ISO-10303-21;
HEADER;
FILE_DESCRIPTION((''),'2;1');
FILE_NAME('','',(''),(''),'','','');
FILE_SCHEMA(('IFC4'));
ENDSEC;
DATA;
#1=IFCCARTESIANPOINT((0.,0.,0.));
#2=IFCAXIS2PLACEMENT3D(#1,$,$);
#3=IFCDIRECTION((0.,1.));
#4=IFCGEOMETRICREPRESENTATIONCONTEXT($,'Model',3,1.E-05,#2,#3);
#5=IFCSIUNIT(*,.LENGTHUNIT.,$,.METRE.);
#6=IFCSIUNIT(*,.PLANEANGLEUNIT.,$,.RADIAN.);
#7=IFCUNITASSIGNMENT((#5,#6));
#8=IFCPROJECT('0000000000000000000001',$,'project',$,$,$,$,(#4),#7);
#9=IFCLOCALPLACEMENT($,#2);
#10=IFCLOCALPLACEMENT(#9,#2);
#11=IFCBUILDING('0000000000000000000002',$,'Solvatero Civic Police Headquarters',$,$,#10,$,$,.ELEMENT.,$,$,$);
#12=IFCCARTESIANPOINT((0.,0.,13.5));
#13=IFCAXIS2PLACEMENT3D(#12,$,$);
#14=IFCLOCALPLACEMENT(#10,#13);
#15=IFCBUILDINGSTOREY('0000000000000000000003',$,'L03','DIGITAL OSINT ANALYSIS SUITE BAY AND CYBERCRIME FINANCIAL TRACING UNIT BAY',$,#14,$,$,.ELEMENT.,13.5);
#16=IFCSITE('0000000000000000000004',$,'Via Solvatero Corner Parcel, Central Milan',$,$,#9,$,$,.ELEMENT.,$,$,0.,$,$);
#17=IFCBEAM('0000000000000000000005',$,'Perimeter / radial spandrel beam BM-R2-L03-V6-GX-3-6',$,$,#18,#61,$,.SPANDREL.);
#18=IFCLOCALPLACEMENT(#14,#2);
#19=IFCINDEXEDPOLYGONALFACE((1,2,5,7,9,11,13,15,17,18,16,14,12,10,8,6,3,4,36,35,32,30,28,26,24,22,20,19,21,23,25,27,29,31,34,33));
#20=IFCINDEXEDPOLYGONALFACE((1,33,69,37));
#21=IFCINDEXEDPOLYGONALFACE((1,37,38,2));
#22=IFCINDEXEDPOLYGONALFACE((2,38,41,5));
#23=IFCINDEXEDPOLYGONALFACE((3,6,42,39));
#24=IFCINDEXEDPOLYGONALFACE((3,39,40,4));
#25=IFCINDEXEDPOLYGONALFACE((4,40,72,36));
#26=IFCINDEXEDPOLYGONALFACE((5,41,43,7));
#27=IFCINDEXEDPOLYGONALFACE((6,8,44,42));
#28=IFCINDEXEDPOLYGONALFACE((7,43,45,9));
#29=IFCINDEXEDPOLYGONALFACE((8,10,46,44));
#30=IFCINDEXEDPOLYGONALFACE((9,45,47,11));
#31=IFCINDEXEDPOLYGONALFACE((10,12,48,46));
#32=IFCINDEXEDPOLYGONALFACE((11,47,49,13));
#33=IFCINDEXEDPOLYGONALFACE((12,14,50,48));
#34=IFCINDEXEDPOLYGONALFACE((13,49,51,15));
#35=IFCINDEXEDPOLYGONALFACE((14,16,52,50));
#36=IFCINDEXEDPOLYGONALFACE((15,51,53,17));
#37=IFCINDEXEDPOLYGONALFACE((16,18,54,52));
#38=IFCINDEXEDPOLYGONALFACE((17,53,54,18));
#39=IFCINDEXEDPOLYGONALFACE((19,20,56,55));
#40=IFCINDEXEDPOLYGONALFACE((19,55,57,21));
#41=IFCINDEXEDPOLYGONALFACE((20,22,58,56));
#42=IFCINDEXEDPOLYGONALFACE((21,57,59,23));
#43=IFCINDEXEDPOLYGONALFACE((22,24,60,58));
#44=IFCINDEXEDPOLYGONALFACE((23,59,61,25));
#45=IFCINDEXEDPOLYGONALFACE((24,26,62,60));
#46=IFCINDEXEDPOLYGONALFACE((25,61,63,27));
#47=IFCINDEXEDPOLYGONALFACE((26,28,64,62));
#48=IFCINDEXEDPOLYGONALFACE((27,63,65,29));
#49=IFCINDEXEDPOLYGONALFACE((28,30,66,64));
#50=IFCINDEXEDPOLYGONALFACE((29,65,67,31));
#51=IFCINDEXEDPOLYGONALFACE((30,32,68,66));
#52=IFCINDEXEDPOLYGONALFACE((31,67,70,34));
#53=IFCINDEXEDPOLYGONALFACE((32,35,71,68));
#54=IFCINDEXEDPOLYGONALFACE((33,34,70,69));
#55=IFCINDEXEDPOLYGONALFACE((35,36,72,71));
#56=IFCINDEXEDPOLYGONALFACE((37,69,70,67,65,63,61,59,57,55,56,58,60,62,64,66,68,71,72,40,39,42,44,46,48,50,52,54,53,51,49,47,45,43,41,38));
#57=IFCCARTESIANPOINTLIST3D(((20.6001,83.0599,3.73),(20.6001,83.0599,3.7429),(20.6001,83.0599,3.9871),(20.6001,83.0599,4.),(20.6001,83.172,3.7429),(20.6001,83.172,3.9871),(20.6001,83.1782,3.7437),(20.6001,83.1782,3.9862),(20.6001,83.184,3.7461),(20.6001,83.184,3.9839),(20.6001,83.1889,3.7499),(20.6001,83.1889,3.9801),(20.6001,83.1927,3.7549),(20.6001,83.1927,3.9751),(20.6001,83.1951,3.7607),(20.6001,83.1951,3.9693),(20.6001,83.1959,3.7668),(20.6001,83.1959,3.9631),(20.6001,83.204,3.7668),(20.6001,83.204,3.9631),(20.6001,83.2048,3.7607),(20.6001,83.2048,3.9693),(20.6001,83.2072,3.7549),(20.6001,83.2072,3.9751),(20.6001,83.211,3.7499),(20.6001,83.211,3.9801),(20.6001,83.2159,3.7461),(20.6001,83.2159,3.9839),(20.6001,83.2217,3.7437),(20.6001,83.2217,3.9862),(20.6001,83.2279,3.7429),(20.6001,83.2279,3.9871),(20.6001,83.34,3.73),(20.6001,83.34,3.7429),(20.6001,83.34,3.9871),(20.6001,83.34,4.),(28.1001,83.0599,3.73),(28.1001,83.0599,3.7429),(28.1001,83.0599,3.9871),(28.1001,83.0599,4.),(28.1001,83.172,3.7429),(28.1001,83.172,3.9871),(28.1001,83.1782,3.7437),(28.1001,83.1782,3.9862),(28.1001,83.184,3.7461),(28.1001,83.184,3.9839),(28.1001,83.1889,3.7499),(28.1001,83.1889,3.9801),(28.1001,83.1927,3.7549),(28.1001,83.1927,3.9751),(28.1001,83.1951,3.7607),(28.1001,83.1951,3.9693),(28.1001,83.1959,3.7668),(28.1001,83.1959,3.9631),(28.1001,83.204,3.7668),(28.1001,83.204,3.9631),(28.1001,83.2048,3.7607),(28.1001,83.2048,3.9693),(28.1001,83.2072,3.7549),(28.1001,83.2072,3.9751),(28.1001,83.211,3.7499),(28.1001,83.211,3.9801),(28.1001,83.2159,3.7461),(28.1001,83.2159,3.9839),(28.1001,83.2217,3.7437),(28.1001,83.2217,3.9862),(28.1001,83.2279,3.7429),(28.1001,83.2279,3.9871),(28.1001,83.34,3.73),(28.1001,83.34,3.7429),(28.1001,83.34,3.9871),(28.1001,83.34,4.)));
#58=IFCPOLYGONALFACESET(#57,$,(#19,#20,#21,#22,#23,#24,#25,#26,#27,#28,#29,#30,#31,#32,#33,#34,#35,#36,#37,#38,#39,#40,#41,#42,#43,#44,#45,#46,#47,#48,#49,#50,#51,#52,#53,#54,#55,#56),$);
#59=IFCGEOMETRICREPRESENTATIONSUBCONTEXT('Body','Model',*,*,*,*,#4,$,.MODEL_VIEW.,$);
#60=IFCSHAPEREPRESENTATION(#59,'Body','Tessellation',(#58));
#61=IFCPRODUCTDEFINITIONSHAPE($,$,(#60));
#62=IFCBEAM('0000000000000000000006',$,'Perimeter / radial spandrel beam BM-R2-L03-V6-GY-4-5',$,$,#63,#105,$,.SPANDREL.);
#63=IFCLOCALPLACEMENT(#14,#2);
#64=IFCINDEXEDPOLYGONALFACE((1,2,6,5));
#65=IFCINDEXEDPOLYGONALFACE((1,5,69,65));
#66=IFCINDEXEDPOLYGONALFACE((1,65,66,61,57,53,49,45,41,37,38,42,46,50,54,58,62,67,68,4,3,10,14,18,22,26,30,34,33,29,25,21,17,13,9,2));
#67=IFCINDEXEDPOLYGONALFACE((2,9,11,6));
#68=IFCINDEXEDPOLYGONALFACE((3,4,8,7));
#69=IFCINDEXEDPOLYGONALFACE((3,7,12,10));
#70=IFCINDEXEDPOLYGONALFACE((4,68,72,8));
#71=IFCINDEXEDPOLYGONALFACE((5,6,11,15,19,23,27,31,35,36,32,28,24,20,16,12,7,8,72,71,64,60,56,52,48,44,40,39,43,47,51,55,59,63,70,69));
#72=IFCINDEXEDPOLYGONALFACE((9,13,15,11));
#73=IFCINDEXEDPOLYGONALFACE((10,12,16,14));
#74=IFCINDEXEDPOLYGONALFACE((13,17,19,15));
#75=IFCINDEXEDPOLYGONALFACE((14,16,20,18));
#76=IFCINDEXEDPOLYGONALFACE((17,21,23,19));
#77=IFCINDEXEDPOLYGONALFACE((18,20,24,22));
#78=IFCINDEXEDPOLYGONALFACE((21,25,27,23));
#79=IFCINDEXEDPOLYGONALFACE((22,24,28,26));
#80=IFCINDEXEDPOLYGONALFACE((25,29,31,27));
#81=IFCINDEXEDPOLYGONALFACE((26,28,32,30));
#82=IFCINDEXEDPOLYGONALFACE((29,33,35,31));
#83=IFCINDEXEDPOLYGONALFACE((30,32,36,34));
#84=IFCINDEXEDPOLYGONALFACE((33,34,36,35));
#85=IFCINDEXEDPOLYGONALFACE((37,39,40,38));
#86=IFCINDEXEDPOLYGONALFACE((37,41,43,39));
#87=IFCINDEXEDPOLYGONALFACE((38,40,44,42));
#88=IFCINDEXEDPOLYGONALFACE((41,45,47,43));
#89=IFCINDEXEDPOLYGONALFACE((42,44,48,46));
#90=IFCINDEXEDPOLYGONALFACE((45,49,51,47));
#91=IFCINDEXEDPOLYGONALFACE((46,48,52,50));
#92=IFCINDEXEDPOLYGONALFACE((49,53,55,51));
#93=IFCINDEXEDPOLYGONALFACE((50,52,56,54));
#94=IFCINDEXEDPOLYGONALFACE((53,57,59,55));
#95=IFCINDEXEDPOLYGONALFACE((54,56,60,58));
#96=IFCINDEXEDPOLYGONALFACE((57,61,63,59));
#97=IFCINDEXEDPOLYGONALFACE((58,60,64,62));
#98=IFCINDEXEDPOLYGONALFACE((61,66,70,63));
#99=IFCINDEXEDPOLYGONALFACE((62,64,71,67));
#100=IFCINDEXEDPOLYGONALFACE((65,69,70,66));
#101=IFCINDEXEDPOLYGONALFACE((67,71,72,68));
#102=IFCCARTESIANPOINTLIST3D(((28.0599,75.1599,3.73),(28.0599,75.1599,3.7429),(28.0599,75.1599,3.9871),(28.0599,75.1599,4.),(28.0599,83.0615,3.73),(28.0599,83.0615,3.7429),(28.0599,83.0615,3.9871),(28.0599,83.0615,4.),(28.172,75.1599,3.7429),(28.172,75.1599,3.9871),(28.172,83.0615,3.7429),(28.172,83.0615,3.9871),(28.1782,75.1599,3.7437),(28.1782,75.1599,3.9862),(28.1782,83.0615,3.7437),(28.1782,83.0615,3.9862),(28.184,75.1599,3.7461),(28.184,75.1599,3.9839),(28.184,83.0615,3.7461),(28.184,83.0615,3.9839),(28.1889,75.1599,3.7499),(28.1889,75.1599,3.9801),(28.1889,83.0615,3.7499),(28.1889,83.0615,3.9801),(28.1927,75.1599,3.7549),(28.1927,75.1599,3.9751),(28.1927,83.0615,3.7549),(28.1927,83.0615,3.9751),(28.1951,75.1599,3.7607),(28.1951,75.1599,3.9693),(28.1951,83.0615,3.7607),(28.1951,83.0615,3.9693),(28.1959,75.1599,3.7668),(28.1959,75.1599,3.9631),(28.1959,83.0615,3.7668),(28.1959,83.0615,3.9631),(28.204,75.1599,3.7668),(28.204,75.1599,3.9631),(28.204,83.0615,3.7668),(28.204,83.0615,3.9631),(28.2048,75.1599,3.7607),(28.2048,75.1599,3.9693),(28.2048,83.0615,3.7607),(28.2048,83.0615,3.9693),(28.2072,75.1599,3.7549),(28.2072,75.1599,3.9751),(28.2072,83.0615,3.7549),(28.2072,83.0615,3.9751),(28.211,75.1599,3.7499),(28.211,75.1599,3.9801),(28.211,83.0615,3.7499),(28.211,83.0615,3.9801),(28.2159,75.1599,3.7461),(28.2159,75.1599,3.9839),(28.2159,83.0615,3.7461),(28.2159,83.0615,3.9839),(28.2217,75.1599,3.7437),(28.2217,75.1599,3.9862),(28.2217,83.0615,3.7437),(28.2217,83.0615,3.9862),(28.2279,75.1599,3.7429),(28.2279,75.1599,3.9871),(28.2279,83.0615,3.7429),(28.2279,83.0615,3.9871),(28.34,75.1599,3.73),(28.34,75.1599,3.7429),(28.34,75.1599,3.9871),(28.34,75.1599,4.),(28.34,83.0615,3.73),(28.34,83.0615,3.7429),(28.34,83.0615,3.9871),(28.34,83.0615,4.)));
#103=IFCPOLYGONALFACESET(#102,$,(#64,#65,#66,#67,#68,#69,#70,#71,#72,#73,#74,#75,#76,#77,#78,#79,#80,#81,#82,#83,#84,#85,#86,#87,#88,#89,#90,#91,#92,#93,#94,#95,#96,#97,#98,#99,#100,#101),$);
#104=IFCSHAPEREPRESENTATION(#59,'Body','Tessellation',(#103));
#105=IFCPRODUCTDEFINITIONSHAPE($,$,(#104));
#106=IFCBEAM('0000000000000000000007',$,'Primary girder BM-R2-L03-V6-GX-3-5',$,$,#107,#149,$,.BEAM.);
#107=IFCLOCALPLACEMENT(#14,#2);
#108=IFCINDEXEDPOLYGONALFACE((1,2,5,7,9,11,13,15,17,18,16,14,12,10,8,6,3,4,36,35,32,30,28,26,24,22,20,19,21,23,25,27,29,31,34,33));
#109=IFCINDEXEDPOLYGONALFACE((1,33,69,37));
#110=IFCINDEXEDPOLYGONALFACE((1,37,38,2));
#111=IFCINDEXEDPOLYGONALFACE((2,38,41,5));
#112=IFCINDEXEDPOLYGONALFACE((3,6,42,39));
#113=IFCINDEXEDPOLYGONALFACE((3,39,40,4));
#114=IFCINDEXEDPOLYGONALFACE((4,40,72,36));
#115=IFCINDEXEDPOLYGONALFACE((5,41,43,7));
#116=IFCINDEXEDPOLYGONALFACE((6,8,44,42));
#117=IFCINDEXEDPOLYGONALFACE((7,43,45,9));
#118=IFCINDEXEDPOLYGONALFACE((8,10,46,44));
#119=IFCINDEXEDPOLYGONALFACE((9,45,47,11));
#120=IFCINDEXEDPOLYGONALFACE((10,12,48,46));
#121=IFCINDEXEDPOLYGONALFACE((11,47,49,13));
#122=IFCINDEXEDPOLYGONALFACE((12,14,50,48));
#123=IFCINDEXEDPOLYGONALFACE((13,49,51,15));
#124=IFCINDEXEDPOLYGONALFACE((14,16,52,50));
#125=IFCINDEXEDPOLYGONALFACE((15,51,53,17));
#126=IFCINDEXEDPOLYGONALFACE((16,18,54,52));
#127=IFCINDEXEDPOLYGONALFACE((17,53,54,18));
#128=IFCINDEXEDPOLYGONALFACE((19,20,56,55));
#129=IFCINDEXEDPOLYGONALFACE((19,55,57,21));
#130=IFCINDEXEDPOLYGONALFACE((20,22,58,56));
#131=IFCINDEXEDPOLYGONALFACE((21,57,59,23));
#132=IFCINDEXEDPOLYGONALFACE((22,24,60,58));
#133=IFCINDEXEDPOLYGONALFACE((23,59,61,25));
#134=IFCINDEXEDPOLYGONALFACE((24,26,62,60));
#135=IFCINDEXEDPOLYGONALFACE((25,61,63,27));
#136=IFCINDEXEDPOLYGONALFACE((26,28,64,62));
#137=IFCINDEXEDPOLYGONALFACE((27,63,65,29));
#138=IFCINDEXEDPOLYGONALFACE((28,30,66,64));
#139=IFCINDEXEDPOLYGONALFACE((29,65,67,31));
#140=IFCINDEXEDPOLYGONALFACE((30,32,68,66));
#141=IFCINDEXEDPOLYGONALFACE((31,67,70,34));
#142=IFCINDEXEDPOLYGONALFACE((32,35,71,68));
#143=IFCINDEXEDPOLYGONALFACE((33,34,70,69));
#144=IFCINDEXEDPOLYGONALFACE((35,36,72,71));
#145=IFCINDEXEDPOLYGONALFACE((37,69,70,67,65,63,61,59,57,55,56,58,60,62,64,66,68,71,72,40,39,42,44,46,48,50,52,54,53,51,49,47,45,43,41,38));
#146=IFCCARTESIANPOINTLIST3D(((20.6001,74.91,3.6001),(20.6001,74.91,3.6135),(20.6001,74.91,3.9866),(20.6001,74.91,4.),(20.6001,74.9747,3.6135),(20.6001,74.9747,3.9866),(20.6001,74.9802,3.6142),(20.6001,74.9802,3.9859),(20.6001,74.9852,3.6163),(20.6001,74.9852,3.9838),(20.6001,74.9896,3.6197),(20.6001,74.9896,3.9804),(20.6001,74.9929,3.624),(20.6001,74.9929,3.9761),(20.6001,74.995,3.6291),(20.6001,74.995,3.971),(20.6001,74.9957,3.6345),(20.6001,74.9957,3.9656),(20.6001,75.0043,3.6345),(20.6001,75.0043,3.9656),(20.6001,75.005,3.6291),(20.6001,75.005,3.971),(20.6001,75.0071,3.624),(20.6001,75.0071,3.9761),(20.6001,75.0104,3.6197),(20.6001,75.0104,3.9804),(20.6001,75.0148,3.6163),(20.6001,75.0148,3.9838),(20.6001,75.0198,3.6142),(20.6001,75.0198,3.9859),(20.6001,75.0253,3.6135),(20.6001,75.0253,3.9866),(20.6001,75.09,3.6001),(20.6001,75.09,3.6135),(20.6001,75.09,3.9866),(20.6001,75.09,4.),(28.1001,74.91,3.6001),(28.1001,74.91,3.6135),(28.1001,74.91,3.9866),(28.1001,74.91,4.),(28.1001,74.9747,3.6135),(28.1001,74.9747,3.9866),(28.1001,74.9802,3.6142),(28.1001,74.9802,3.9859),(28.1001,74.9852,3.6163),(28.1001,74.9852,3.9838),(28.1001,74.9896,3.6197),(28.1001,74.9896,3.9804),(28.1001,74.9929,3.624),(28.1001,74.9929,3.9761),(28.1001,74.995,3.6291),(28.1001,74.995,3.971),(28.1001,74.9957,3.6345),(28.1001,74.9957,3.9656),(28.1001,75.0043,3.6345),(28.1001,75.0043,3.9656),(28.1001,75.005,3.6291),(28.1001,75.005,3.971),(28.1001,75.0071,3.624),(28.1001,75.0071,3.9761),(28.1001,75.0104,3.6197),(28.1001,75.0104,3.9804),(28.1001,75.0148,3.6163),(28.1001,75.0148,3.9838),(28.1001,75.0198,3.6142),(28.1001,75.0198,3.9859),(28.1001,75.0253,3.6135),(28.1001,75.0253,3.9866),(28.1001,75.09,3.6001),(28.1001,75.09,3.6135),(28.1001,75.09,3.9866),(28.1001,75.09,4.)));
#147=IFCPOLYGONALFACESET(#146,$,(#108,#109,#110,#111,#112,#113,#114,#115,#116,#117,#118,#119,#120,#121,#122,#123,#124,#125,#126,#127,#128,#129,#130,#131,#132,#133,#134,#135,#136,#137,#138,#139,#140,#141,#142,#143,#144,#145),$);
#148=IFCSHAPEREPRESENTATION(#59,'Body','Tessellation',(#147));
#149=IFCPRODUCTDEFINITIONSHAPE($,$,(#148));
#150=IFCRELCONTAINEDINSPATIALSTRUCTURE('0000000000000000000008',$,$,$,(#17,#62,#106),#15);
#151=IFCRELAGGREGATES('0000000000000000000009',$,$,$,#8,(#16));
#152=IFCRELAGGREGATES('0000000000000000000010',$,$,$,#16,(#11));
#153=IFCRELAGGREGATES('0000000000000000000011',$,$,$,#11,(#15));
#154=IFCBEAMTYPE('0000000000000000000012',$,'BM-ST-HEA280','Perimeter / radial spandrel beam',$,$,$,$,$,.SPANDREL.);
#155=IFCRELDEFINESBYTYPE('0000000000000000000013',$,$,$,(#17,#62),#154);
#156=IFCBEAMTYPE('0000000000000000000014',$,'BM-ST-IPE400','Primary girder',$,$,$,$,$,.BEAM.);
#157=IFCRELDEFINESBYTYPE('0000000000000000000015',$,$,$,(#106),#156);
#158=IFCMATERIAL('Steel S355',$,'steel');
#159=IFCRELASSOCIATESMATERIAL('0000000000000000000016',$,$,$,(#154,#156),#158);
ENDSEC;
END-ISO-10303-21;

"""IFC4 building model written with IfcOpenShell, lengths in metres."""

from ifc_helpers import new_model, si_unit, direction, frame, origin, origin_2d, place, context, subcontext, project, spatial, i_section, extrude, material, material_profile, profile_set, type_object, element, save


model = new_model("IFC4")

# Units and contexts
model_context = context("Model", 3, precision=1e-05, world=origin(), true_north=direction((0.0, 1.0)))
body_context = subcontext(model_context, "Body", "Model", "MODEL_VIEW")
ifc_project = project(units=[si_unit("LENGTHUNIT", "METRE"), si_unit("PLANEANGLEUNIT", "RADIAN")], contexts=[model_context])

# Site, building, storey
site_placement = place(None, origin())
site = spatial("IfcSite", under=ifc_project, at=site_placement, Name="Via Solvatero Corner Parcel, Central Milan", CompositionType="ELEMENT", RefElevation=0.0)
building_placement = place(site_placement, origin())
building = spatial("IfcBuilding", under=site, at=building_placement, Name="Solvatero Civic Police Headquarters", CompositionType="ELEMENT")
storey_placement = place(building_placement, frame((0.0, 0.0, 13.5)))
storey = spatial("IfcBuildingStorey", under=building, at=storey_placement, Name="L03", Description="DIGITAL OSINT ANALYSIS SUITE BAY AND CYBERCRIME FINANCIAL TRACING UNIT BAY", CompositionType="ELEMENT", Elevation=13.5)

# Shared definitions
ifc_material_1 = material(Name="Steel S355", Category="steel")

# Beams
ifc_material_profile_1 = material_profile(ifc_material_1, i_section(OverallWidth=0.28, OverallDepth=0.27, WebThickness=0.0081, FlangeThickness=0.0129, FilletRadius=0.0239, at=origin_2d()), Name="HEA 280")
ifc_profile_set_1 = profile_set([ifc_material_profile_1], Name="Steel S355")
beam_type_1 = type_object("IfcBeamType", Name="BM-ST-HEA280", Description="Perimeter / radial spandrel beam", PredefinedType="SPANDREL", material=ifc_profile_set_1)
beam_1_placement = place(storey_placement, frame((20.6001, 83.2, 3.865), z_axis=(1.0, 0.0, 0.0), x_axis=(0.0, 1.0, 0.0)))
element("IfcBeam", 1, at=beam_1_placement, inside=storey, type_object=beam_type_1, Name="Perimeter / radial spandrel beam BM-R2-L03-V6-GX-3-6", PredefinedType="SPANDREL", context=body_context, shape_type="SweptSolid", body=[
    extrude(i_section(OverallWidth=0.28, OverallDepth=0.27, WebThickness=0.0081, FlangeThickness=0.0129, FilletRadius=0.0239, at=origin_2d()), origin(), (0.0, 0.0, 1.0), 7.5),
])
beam_2_placement = place(storey_placement, frame((28.2, 75.1599, 3.865), z_axis=(0.0, 1.0, 0.0), x_axis=(-1.0, 0.0, 0.0)))
element("IfcBeam", 2, at=beam_2_placement, inside=storey, type_object=beam_type_1, Name="Perimeter / radial spandrel beam BM-R2-L03-V6-GY-4-5", PredefinedType="SPANDREL", context=body_context, shape_type="SweptSolid", body=[
    extrude(i_section(OverallWidth=0.28, OverallDepth=0.27, WebThickness=0.0081, FlangeThickness=0.0129, FilletRadius=0.0239, at=origin_2d()), origin(), (0.0, 0.0, 1.0), 7.9016),
])
ifc_material_profile_2 = material_profile(ifc_material_1, i_section(OverallWidth=0.1799, OverallDepth=0.3999, WebThickness=0.0085, FlangeThickness=0.0134, FilletRadius=0.021, at=origin_2d()), Name="IPE 400")
ifc_profile_set_2 = profile_set([ifc_material_profile_2], Name="Steel S355")
beam_type_2 = type_object("IfcBeamType", Name="BM-ST-IPE400", Description="Primary girder", PredefinedType="BEAM", material=ifc_profile_set_2)
beam_3_placement = place(storey_placement, frame((20.6001, 75.0, 3.8), z_axis=(1.0, 0.0, 0.0), x_axis=(0.0, 1.0, 0.0)))
element("IfcBeam", 3, at=beam_3_placement, inside=storey, type_object=beam_type_2, Name="Primary girder BM-R2-L03-V6-GX-3-5", PredefinedType="BEAM", context=body_context, shape_type="SweptSolid", body=[
    extrude(i_section(OverallWidth=0.1799, OverallDepth=0.3999, WebThickness=0.0085, FlangeThickness=0.0134, FilletRadius=0.021, at=origin_2d()), origin(), (0.0, 0.0, 1.0), 7.5),
])

save(model, "model.ifc")
